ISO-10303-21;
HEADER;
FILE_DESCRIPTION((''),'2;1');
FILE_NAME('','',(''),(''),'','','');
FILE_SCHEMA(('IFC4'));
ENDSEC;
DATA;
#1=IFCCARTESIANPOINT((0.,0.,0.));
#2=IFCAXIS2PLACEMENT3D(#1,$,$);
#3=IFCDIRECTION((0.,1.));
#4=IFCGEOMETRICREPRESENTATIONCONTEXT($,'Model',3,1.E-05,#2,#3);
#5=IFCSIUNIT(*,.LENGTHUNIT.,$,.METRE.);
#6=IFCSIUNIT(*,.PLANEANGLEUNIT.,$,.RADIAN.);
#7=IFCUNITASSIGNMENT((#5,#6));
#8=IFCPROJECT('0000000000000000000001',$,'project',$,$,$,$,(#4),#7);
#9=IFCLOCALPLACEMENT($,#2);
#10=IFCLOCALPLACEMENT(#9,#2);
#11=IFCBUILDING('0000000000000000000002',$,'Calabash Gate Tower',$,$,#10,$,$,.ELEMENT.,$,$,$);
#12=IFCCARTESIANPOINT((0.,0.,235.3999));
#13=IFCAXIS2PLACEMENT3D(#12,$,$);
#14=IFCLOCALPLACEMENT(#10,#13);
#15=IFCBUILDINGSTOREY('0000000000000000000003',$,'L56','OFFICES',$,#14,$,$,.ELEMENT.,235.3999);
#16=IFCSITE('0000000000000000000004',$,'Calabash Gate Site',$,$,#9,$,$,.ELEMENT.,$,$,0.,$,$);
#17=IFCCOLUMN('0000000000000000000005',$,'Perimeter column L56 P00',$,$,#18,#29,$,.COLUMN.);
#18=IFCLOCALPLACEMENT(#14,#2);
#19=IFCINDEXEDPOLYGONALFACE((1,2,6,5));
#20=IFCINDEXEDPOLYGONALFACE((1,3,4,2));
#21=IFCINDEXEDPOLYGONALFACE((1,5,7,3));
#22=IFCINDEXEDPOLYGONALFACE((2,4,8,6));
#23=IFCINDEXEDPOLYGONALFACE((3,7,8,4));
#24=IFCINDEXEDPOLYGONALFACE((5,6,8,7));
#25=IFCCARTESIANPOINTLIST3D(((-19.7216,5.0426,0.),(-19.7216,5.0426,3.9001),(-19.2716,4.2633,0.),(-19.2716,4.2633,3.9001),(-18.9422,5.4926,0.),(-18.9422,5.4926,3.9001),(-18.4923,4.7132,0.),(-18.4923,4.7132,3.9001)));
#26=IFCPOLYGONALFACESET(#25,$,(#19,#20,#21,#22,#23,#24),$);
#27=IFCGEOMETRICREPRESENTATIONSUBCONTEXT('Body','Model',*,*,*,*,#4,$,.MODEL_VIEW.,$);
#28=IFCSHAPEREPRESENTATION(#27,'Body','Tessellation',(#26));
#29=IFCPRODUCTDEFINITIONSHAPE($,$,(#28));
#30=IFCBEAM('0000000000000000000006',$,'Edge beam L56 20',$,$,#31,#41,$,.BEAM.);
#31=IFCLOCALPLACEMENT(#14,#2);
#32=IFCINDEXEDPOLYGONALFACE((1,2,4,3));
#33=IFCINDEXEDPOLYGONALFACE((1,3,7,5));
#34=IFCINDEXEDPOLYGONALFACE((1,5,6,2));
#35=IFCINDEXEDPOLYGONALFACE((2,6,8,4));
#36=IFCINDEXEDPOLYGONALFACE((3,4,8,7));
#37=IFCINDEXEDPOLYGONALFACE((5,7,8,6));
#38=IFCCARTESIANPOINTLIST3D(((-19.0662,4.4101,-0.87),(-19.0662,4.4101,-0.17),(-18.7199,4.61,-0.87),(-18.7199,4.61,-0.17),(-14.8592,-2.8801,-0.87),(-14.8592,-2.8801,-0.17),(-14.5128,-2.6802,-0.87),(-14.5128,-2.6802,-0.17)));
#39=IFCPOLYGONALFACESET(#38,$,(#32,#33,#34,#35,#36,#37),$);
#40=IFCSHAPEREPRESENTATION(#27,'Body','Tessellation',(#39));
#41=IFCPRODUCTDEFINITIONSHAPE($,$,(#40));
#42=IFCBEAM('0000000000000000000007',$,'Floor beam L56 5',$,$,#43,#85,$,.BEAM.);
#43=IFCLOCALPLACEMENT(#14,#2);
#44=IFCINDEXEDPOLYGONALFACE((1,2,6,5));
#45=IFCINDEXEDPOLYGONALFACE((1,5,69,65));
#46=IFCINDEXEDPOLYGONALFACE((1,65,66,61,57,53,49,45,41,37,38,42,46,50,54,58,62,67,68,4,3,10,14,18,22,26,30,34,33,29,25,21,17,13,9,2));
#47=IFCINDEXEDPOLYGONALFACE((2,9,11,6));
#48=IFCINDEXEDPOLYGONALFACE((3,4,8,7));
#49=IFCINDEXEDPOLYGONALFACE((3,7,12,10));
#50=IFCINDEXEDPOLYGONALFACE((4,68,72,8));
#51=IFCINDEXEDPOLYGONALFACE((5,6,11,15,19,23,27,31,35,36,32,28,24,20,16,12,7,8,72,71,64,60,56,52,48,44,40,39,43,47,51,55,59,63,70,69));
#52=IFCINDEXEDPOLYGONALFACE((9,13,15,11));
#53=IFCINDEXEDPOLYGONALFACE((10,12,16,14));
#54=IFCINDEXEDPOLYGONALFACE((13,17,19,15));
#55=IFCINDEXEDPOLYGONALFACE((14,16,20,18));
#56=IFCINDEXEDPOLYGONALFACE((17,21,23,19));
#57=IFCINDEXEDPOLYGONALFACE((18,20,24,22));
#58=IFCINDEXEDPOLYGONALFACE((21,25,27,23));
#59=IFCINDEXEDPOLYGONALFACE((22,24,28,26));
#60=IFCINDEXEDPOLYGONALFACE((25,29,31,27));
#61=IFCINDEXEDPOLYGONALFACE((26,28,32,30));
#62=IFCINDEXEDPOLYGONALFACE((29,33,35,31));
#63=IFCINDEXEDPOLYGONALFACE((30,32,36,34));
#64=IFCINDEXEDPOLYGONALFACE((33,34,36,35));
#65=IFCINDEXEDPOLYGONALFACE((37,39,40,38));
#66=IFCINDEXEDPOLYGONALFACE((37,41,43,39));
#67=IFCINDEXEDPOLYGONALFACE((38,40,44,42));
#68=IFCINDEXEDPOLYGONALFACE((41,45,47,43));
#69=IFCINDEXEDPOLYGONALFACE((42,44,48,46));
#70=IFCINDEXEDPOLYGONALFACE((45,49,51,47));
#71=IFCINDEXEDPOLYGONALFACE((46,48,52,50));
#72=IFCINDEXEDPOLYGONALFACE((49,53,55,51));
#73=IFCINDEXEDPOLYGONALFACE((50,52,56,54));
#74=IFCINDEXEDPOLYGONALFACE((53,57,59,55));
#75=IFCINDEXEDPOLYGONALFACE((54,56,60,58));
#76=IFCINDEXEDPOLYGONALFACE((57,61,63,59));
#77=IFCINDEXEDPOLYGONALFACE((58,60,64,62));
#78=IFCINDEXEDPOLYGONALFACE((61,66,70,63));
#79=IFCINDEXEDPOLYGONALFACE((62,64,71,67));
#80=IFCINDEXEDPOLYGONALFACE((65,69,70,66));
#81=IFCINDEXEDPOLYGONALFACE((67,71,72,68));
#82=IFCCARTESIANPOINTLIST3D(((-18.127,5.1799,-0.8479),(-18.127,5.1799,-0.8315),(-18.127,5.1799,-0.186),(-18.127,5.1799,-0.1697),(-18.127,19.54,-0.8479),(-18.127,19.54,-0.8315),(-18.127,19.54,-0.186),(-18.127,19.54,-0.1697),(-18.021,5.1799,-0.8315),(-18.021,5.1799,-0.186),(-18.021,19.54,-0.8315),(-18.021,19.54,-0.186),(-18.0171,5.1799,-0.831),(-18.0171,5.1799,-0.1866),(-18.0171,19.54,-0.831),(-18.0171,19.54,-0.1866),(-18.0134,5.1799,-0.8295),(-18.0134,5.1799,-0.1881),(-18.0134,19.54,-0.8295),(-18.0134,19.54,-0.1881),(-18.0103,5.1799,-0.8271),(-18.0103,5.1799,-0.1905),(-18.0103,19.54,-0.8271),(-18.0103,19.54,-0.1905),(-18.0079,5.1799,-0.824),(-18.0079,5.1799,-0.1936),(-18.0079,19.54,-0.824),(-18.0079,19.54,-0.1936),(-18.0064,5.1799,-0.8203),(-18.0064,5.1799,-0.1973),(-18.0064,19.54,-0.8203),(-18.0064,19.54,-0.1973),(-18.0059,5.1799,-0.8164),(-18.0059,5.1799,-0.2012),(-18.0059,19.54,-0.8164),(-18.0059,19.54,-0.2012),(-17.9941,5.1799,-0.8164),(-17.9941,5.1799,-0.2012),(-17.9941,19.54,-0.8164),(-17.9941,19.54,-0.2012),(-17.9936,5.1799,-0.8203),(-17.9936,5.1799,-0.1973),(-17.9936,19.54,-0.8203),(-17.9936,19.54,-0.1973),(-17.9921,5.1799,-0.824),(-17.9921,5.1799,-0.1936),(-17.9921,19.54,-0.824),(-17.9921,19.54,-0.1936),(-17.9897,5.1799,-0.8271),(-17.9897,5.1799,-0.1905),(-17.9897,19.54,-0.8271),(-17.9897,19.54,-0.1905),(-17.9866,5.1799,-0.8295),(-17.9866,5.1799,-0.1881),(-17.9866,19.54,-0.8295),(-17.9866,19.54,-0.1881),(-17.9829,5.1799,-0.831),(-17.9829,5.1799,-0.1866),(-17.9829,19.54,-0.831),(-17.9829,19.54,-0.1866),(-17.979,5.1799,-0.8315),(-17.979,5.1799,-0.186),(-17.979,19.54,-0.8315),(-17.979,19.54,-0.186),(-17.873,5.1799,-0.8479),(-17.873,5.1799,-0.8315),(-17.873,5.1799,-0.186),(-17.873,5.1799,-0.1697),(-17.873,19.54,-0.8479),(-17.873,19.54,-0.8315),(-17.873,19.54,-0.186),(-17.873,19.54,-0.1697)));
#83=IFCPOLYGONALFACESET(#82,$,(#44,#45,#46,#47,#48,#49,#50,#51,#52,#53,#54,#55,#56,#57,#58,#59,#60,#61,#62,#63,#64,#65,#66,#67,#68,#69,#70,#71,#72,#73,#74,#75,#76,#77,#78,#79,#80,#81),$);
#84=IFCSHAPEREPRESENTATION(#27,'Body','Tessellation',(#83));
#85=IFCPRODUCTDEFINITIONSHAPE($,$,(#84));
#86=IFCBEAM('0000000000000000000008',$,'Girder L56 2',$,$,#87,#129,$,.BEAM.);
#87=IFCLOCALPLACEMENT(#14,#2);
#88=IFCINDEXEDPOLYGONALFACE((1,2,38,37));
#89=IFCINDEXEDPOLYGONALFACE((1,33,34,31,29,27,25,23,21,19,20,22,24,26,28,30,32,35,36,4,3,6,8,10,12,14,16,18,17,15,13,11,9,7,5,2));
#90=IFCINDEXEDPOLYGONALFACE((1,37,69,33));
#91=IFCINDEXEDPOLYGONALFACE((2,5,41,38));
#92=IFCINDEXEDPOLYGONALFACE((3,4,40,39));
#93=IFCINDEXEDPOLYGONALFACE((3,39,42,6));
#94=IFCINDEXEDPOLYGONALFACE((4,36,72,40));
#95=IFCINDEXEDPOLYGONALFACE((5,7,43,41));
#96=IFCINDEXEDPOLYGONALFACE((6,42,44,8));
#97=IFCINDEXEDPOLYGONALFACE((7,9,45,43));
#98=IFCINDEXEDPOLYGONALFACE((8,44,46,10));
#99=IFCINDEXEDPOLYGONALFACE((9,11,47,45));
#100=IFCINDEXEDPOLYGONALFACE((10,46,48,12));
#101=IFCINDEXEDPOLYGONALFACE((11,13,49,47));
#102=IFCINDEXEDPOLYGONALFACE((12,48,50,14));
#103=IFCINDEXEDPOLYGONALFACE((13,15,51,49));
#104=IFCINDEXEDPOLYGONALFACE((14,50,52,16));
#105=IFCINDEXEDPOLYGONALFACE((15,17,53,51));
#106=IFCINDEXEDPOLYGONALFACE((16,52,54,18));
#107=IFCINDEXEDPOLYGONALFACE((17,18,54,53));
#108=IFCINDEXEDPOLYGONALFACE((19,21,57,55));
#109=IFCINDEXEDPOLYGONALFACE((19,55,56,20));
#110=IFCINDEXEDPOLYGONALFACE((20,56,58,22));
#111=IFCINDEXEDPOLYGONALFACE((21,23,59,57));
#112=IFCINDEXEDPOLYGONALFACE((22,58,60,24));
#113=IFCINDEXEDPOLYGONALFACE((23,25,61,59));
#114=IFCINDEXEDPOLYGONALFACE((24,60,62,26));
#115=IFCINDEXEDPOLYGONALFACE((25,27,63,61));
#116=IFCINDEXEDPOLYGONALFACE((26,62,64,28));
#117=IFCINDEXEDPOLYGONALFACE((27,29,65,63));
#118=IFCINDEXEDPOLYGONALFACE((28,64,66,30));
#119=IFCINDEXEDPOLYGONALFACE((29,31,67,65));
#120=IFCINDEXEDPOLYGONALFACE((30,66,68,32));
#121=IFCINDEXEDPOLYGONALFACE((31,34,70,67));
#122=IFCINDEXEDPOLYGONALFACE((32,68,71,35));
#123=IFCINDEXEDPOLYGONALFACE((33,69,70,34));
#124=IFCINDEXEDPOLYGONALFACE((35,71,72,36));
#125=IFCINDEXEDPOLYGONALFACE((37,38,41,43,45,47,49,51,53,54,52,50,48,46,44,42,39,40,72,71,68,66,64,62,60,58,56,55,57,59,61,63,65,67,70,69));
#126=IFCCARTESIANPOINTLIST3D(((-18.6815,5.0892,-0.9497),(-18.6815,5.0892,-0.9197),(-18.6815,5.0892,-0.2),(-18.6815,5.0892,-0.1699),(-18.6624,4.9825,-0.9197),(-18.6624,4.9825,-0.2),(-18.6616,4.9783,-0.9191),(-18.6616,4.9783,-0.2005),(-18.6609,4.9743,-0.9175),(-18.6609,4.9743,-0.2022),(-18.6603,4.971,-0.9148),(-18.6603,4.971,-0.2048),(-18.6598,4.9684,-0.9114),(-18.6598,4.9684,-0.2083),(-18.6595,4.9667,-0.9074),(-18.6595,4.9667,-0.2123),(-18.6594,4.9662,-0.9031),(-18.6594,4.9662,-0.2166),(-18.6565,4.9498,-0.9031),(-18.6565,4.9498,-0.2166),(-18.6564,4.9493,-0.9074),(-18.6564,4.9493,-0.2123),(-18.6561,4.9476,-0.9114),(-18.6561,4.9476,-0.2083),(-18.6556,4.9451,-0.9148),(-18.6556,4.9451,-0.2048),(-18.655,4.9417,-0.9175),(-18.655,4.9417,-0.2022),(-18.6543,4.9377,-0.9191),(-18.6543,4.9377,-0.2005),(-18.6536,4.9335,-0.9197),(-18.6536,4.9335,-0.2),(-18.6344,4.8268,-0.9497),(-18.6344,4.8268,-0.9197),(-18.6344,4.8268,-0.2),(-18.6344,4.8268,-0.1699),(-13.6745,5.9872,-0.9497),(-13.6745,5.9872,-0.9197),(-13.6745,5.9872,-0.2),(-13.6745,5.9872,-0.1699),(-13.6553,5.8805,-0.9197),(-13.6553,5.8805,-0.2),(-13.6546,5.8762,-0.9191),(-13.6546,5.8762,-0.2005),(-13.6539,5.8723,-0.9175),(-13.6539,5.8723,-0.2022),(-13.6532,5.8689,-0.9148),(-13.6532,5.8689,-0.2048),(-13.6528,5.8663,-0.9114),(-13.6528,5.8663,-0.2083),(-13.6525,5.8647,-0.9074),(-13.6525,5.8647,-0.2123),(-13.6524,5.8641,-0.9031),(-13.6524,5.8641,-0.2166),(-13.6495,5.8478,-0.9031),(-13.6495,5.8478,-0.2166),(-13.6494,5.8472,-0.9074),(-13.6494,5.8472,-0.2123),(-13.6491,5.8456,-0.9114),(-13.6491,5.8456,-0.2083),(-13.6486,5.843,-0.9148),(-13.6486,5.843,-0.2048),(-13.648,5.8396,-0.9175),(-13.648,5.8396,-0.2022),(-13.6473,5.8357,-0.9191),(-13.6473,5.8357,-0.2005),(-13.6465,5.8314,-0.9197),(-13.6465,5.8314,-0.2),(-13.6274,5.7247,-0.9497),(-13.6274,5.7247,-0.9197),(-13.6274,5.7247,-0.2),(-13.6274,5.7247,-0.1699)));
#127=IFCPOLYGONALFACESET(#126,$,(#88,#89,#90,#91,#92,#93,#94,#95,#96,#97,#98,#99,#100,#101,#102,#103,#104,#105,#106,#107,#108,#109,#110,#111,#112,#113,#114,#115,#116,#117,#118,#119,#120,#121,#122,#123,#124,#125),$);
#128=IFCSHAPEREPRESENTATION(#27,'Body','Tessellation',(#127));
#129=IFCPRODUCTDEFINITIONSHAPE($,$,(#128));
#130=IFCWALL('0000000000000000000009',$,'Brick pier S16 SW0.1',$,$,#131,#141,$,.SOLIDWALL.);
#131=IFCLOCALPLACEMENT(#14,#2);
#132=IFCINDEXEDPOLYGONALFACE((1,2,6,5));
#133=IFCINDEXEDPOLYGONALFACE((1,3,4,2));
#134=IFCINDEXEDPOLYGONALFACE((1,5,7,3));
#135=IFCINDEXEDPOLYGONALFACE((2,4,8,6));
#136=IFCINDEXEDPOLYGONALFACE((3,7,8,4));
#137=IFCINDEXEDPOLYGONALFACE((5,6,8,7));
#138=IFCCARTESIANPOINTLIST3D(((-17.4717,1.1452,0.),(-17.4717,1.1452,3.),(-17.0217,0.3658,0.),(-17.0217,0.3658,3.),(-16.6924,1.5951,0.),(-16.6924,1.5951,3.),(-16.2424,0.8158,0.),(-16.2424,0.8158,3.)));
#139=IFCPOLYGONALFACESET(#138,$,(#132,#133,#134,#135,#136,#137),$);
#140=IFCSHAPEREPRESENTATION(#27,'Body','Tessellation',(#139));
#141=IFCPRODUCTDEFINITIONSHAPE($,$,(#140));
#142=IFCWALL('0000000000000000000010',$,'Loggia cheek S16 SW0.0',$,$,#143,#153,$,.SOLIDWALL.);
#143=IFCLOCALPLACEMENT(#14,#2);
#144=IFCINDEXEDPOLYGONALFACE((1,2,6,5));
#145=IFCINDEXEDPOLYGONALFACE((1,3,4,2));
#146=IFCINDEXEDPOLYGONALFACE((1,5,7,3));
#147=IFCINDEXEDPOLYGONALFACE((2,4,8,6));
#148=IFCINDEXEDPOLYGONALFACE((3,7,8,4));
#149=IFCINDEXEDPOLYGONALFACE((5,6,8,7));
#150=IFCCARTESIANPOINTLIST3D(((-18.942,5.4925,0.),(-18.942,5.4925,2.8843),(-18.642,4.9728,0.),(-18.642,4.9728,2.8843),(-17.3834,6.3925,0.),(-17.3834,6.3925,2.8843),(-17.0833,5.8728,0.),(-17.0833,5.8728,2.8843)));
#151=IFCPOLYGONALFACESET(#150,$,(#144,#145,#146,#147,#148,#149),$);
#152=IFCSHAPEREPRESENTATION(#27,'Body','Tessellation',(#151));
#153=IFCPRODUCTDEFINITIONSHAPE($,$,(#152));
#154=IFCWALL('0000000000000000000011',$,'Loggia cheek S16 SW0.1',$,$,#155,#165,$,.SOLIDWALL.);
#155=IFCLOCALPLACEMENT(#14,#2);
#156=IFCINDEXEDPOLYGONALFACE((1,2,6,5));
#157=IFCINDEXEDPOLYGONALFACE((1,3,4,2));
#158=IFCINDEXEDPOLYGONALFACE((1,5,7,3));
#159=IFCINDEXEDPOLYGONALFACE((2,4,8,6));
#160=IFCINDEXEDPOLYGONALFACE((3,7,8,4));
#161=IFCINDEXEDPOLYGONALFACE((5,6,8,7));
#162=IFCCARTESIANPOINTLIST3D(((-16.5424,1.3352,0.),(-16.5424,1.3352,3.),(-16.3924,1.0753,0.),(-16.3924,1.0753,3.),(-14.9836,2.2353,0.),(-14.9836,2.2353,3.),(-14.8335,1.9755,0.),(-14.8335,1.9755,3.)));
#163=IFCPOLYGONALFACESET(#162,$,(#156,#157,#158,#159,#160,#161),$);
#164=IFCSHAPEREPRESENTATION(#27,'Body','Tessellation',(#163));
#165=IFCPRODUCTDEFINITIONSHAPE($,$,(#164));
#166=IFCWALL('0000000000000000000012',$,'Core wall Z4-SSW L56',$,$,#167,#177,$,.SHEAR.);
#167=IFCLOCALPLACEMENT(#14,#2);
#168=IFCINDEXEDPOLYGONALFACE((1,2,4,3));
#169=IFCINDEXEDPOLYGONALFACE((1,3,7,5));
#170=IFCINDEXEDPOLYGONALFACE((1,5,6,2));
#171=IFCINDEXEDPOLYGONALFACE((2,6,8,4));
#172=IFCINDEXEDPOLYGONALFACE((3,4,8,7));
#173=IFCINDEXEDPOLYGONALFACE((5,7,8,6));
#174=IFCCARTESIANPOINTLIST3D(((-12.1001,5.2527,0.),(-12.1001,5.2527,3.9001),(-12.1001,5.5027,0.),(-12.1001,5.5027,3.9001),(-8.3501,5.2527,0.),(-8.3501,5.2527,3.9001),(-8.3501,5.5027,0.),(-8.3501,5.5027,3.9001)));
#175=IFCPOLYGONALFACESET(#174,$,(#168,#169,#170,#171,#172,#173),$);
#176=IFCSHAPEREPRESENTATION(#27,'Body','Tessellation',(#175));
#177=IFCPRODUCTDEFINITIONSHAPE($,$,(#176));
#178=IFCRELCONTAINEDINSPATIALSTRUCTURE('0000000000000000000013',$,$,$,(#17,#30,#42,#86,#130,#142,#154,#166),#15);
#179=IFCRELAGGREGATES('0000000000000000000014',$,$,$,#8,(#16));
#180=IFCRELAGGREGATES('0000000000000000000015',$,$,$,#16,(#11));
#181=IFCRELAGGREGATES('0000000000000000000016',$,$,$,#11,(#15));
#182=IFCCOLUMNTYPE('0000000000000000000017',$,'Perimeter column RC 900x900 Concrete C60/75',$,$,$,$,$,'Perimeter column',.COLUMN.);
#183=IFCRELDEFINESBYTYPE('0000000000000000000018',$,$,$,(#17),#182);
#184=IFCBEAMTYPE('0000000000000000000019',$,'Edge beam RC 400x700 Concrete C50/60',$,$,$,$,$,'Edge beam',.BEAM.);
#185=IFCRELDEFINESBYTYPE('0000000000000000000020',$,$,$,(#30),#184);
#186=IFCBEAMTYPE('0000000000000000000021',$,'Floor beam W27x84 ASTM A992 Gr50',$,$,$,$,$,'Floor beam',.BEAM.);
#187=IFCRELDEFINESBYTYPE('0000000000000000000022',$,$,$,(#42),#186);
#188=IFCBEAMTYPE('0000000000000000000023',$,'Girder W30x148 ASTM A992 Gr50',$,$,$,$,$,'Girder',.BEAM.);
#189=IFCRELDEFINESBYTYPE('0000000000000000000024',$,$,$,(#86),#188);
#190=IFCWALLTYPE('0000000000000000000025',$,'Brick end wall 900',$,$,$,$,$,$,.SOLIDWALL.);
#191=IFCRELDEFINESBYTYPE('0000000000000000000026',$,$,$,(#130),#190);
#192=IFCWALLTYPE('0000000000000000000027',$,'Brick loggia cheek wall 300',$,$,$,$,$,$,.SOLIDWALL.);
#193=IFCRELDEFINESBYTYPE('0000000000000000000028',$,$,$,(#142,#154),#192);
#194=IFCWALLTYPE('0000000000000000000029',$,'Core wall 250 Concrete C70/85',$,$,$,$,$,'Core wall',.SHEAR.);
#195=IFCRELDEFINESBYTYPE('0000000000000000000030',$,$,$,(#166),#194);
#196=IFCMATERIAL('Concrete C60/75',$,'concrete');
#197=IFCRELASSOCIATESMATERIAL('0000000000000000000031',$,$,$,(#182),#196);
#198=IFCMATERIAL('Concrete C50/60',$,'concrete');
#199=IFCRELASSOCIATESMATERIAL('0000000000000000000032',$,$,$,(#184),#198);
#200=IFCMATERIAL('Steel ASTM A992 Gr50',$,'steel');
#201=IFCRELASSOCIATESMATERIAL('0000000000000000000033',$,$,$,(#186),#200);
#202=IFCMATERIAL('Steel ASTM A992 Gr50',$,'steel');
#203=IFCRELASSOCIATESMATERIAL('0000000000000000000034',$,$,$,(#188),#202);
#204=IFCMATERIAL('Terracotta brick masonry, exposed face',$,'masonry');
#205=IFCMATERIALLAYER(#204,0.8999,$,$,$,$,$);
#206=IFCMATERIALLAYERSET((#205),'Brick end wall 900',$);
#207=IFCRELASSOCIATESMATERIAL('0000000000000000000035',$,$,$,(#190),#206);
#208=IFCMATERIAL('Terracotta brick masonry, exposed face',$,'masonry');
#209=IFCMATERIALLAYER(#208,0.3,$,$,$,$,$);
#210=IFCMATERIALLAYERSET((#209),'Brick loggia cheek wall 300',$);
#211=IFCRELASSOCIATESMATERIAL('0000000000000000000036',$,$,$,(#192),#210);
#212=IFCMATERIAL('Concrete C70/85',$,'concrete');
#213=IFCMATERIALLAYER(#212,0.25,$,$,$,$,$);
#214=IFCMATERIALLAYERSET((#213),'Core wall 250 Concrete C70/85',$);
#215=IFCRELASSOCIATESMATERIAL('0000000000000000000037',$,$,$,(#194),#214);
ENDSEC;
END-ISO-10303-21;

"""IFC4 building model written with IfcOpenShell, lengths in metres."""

from ifc_helpers import new_model, si_unit, direction, frame, frame_2d, origin, origin_2d, place, context, subcontext, project, spatial, rectangle, i_section, extrude, material, layer, layer_set, material_profile, profile_set, type_object, element, save


model = new_model("IFC4")

# Units and contexts
model_context = context("Model", 3, precision=1e-05, world=origin(), true_north=direction((0.0, 1.0)))
body_context = subcontext(model_context, "Body", "Model", "MODEL_VIEW")
ifc_project = project(units=[si_unit("LENGTHUNIT", "METRE"), si_unit("PLANEANGLEUNIT", "RADIAN")], contexts=[model_context])

# Site, building, storey
site_placement = place(None, origin())
site = spatial("IfcSite", under=ifc_project, at=site_placement, Name="Calabash Gate Site", CompositionType="ELEMENT", RefElevation=0.0)
building_placement = place(site_placement, origin())
building = spatial("IfcBuilding", under=site, at=building_placement, Name="Calabash Gate Tower", CompositionType="ELEMENT")
storey_placement = place(building_placement, frame((0.0, 0.0, 235.3999)))
storey = spatial("IfcBuildingStorey", under=building, at=storey_placement, Name="L56", Description="OFFICES", CompositionType="ELEMENT", Elevation=235.3999)

# Column
ifc_material_1 = material(Name="Concrete C60/75", Category="concrete")
ifc_material_profile_1 = material_profile(ifc_material_1, rectangle(XDim=0.8999, YDim=0.8999, at=origin_2d()))
ifc_profile_set_1 = profile_set([ifc_material_profile_1], Name="Concrete C60/75")
column_type = type_object("IfcColumnType", Name="Perimeter column RC 900x900 Concrete C60/75", ElementType="Perimeter column", PredefinedType="COLUMN", material=ifc_profile_set_1)
column_placement = place(storey_placement, frame((-19.1069, 4.8779, 0.0), z_axis=(0.0, 0.0, 1.0), x_axis=(0.5, -0.866025, 0.0)))
element("IfcColumn", 1, at=column_placement, inside=storey, type_object=column_type, Name="Perimeter column L56 P00", PredefinedType="COLUMN", context=body_context, shape_type="SweptSolid", body=[
    extrude(rectangle(XDim=0.8999, YDim=0.8999, at=origin_2d()), origin(), (0.0, 0.0, 1.0), 3.9001),
])

# Beams
ifc_material_2 = material(Name="Concrete C50/60", Category="concrete")
ifc_material_profile_2 = material_profile(ifc_material_2, rectangle(XDim=0.3999, YDim=0.7, at=origin_2d()))
ifc_profile_set_2 = profile_set([ifc_material_profile_2], Name="Concrete C50/60")
beam_type_1 = type_object("IfcBeamType", Name="Edge beam RC 400x700 Concrete C50/60", ElementType="Edge beam", PredefinedType="BEAM", material=ifc_profile_set_2)
beam_1_placement = place(storey_placement, frame((-18.8931, 4.51, -0.52), z_axis=(0.499833, -0.866122, 0.0), x_axis=(0.866122, 0.499833, 0.0)))
element("IfcBeam", 2, at=beam_1_placement, inside=storey, type_object=beam_type_1, Name="Edge beam L56 20", PredefinedType="BEAM", context=body_context, shape_type="SweptSolid", body=[
    extrude(rectangle(XDim=0.3999, YDim=0.7, at=origin_2d()), origin(), (0.0, 0.0, 1.0), 8.417),
])
ifc_material_3 = material(Name="Steel ASTM A992 Gr50", Category="steel")
ifc_material_profile_3 = material_profile(ifc_material_3, i_section(OverallWidth=0.2539, OverallDepth=0.6782, WebThickness=0.0117, FlangeThickness=0.0164, FilletRadius=0.0151, at=origin_2d()))
ifc_profile_set_3 = profile_set([ifc_material_profile_3], Name="Steel ASTM A992 Gr50")
beam_type_2 = type_object("IfcBeamType", Name="Floor beam W27x84 ASTM A992 Gr50", ElementType="Floor beam", PredefinedType="BEAM", material=ifc_profile_set_3)
beam_2_placement = place(storey_placement, frame((-18.0, 5.1799, -0.5088), z_axis=(0.0, 1.0, 0.0), x_axis=(-1.0, 0.0, 0.0)))
element("IfcBeam", 3, at=beam_2_placement, inside=storey, type_object=beam_type_2, Name="Floor beam L56 5", PredefinedType="BEAM", context=body_context, shape_type="SweptSolid", body=[
    extrude(i_section(OverallWidth=0.2539, OverallDepth=0.6782, WebThickness=0.0117, FlangeThickness=0.0164, FilletRadius=0.0151, at=origin_2d()), origin(), (0.0, 0.0, 1.0), 14.3601),
])
ifc_material_4 = material(Name="Steel ASTM A992 Gr50", Category="steel")
ifc_material_profile_4 = material_profile(ifc_material_4, i_section(OverallWidth=0.2666, OverallDepth=0.7798, WebThickness=0.0166, FlangeThickness=0.03, FilletRadius=0.0166, at=origin_2d()))
ifc_profile_set_4 = profile_set([ifc_material_profile_4], Name="Steel ASTM A992 Gr50")
beam_type_3 = type_object("IfcBeamType", Name="Girder W30x148 ASTM A992 Gr50", ElementType="Girder", PredefinedType="BEAM", material=ifc_profile_set_4)
beam_3_placement = place(storey_placement, frame((-18.658, 4.958, -0.5598), z_axis=(0.984297, 0.17652, 0.0), x_axis=(-0.17652, 0.984297, 0.0)))
element("IfcBeam", 4, at=beam_3_placement, inside=storey, type_object=beam_type_3, Name="Girder L56 2", PredefinedType="BEAM", context=body_context, shape_type="SweptSolid", body=[
    extrude(i_section(OverallWidth=0.2666, OverallDepth=0.7798, WebThickness=0.0166, FlangeThickness=0.03, FilletRadius=0.0166, at=origin_2d()), origin(), (0.0, 0.0, 1.0), 5.0869),
])

# Walls
ifc_material_5 = material(Name="Terracotta brick masonry, exposed face", Category="masonry")
ifc_layer_1 = layer(ifc_material_5, 0.8999)
ifc_layer_set_1 = layer_set([ifc_layer_1], Name="Brick end wall 900")
wall_type_1 = type_object("IfcWallType", Name="Brick end wall 900", PredefinedType="SOLIDWALL", material=ifc_layer_set_1)
wall_1_placement = place(storey_placement, frame((-16.6321, 0.5908, 0.0), z_axis=(0.0, 0.0, 1.0), x_axis=(-0.50002, 0.866014, 0.0)))
element("IfcWall", 5, at=wall_1_placement, inside=storey, type_object=wall_type_1, Name="Brick pier S16 SW0.1", PredefinedType="SOLIDWALL", context=body_context, shape_type="SweptSolid", body=[
    extrude(rectangle(XDim=0.8999, YDim=0.8999, at=frame_2d((0.45, 0.0))), origin(), (0.0, 0.0, 1.0), 3.0),
])
ifc_material_6 = material(Name="Terracotta brick masonry, exposed face", Category="masonry")
ifc_layer_2 = layer(ifc_material_6, 0.3)
ifc_layer_set_2 = layer_set([ifc_layer_2], Name="Brick loggia cheek wall 300")
wall_type_2 = type_object("IfcWallType", Name="Brick loggia cheek wall 300", PredefinedType="SOLIDWALL", material=ifc_layer_set_2)
wall_2_placement = place(storey_placement, frame((-18.792, 5.2327, 0.0), z_axis=(0.0, 0.0, 1.0), x_axis=(0.866014, 0.50002, 0.0)))
element("IfcWall", 6, at=wall_2_placement, inside=storey, type_object=wall_type_2, Name="Loggia cheek S16 SW0.0", PredefinedType="SOLIDWALL", context=body_context, shape_type="SweptSolid", body=[
    extrude(rectangle(XDim=1.7998, YDim=0.6001, at=frame_2d((0.8999, 0.0))), origin(), (0.0, 0.0, 1.0), 2.8843),
])
wall_3_placement = place(storey_placement, frame((-16.4673, 1.2053, 0.0), z_axis=(0.0, 0.0, 1.0), x_axis=(0.865989, 0.500063, 0.0)))
element("IfcWall", 7, at=wall_3_placement, inside=storey, type_object=wall_type_2, Name="Loggia cheek S16 SW0.1", PredefinedType="SOLIDWALL", context=body_context, shape_type="SweptSolid", body=[
    extrude(rectangle(XDim=1.8, YDim=0.3, at=frame_2d((0.8999, 0.0))), origin(), (0.0, 0.0, 1.0), 3.0),
])
ifc_material_7 = material(Name="Concrete C70/85", Category="concrete")
ifc_layer_3 = layer(ifc_material_7, 0.25)
ifc_layer_set_3 = layer_set([ifc_layer_3], Name="Core wall 250 Concrete C70/85")
wall_type_3 = type_object("IfcWallType", Name="Core wall 250 Concrete C70/85", ElementType="Core wall", PredefinedType="SHEAR", material=ifc_layer_set_3)
wall_4_placement = place(storey_placement, frame((-12.1001, 5.3777, 0.0), z_axis=(0.0, 0.0, 1.0), x_axis=(1.0, 0.0, 0.0)))
element("IfcWall", 8, at=wall_4_placement, inside=storey, type_object=wall_type_3, Name="Core wall Z4-SSW L56", PredefinedType="SHEAR", context=body_context, shape_type="SweptSolid", body=[
    extrude(rectangle(XDim=3.75, YDim=0.25, at=frame_2d((1.875, 0.0))), origin(), (0.0, 0.0, 1.0), 3.9001),
])

save(model, "model.ifc")
